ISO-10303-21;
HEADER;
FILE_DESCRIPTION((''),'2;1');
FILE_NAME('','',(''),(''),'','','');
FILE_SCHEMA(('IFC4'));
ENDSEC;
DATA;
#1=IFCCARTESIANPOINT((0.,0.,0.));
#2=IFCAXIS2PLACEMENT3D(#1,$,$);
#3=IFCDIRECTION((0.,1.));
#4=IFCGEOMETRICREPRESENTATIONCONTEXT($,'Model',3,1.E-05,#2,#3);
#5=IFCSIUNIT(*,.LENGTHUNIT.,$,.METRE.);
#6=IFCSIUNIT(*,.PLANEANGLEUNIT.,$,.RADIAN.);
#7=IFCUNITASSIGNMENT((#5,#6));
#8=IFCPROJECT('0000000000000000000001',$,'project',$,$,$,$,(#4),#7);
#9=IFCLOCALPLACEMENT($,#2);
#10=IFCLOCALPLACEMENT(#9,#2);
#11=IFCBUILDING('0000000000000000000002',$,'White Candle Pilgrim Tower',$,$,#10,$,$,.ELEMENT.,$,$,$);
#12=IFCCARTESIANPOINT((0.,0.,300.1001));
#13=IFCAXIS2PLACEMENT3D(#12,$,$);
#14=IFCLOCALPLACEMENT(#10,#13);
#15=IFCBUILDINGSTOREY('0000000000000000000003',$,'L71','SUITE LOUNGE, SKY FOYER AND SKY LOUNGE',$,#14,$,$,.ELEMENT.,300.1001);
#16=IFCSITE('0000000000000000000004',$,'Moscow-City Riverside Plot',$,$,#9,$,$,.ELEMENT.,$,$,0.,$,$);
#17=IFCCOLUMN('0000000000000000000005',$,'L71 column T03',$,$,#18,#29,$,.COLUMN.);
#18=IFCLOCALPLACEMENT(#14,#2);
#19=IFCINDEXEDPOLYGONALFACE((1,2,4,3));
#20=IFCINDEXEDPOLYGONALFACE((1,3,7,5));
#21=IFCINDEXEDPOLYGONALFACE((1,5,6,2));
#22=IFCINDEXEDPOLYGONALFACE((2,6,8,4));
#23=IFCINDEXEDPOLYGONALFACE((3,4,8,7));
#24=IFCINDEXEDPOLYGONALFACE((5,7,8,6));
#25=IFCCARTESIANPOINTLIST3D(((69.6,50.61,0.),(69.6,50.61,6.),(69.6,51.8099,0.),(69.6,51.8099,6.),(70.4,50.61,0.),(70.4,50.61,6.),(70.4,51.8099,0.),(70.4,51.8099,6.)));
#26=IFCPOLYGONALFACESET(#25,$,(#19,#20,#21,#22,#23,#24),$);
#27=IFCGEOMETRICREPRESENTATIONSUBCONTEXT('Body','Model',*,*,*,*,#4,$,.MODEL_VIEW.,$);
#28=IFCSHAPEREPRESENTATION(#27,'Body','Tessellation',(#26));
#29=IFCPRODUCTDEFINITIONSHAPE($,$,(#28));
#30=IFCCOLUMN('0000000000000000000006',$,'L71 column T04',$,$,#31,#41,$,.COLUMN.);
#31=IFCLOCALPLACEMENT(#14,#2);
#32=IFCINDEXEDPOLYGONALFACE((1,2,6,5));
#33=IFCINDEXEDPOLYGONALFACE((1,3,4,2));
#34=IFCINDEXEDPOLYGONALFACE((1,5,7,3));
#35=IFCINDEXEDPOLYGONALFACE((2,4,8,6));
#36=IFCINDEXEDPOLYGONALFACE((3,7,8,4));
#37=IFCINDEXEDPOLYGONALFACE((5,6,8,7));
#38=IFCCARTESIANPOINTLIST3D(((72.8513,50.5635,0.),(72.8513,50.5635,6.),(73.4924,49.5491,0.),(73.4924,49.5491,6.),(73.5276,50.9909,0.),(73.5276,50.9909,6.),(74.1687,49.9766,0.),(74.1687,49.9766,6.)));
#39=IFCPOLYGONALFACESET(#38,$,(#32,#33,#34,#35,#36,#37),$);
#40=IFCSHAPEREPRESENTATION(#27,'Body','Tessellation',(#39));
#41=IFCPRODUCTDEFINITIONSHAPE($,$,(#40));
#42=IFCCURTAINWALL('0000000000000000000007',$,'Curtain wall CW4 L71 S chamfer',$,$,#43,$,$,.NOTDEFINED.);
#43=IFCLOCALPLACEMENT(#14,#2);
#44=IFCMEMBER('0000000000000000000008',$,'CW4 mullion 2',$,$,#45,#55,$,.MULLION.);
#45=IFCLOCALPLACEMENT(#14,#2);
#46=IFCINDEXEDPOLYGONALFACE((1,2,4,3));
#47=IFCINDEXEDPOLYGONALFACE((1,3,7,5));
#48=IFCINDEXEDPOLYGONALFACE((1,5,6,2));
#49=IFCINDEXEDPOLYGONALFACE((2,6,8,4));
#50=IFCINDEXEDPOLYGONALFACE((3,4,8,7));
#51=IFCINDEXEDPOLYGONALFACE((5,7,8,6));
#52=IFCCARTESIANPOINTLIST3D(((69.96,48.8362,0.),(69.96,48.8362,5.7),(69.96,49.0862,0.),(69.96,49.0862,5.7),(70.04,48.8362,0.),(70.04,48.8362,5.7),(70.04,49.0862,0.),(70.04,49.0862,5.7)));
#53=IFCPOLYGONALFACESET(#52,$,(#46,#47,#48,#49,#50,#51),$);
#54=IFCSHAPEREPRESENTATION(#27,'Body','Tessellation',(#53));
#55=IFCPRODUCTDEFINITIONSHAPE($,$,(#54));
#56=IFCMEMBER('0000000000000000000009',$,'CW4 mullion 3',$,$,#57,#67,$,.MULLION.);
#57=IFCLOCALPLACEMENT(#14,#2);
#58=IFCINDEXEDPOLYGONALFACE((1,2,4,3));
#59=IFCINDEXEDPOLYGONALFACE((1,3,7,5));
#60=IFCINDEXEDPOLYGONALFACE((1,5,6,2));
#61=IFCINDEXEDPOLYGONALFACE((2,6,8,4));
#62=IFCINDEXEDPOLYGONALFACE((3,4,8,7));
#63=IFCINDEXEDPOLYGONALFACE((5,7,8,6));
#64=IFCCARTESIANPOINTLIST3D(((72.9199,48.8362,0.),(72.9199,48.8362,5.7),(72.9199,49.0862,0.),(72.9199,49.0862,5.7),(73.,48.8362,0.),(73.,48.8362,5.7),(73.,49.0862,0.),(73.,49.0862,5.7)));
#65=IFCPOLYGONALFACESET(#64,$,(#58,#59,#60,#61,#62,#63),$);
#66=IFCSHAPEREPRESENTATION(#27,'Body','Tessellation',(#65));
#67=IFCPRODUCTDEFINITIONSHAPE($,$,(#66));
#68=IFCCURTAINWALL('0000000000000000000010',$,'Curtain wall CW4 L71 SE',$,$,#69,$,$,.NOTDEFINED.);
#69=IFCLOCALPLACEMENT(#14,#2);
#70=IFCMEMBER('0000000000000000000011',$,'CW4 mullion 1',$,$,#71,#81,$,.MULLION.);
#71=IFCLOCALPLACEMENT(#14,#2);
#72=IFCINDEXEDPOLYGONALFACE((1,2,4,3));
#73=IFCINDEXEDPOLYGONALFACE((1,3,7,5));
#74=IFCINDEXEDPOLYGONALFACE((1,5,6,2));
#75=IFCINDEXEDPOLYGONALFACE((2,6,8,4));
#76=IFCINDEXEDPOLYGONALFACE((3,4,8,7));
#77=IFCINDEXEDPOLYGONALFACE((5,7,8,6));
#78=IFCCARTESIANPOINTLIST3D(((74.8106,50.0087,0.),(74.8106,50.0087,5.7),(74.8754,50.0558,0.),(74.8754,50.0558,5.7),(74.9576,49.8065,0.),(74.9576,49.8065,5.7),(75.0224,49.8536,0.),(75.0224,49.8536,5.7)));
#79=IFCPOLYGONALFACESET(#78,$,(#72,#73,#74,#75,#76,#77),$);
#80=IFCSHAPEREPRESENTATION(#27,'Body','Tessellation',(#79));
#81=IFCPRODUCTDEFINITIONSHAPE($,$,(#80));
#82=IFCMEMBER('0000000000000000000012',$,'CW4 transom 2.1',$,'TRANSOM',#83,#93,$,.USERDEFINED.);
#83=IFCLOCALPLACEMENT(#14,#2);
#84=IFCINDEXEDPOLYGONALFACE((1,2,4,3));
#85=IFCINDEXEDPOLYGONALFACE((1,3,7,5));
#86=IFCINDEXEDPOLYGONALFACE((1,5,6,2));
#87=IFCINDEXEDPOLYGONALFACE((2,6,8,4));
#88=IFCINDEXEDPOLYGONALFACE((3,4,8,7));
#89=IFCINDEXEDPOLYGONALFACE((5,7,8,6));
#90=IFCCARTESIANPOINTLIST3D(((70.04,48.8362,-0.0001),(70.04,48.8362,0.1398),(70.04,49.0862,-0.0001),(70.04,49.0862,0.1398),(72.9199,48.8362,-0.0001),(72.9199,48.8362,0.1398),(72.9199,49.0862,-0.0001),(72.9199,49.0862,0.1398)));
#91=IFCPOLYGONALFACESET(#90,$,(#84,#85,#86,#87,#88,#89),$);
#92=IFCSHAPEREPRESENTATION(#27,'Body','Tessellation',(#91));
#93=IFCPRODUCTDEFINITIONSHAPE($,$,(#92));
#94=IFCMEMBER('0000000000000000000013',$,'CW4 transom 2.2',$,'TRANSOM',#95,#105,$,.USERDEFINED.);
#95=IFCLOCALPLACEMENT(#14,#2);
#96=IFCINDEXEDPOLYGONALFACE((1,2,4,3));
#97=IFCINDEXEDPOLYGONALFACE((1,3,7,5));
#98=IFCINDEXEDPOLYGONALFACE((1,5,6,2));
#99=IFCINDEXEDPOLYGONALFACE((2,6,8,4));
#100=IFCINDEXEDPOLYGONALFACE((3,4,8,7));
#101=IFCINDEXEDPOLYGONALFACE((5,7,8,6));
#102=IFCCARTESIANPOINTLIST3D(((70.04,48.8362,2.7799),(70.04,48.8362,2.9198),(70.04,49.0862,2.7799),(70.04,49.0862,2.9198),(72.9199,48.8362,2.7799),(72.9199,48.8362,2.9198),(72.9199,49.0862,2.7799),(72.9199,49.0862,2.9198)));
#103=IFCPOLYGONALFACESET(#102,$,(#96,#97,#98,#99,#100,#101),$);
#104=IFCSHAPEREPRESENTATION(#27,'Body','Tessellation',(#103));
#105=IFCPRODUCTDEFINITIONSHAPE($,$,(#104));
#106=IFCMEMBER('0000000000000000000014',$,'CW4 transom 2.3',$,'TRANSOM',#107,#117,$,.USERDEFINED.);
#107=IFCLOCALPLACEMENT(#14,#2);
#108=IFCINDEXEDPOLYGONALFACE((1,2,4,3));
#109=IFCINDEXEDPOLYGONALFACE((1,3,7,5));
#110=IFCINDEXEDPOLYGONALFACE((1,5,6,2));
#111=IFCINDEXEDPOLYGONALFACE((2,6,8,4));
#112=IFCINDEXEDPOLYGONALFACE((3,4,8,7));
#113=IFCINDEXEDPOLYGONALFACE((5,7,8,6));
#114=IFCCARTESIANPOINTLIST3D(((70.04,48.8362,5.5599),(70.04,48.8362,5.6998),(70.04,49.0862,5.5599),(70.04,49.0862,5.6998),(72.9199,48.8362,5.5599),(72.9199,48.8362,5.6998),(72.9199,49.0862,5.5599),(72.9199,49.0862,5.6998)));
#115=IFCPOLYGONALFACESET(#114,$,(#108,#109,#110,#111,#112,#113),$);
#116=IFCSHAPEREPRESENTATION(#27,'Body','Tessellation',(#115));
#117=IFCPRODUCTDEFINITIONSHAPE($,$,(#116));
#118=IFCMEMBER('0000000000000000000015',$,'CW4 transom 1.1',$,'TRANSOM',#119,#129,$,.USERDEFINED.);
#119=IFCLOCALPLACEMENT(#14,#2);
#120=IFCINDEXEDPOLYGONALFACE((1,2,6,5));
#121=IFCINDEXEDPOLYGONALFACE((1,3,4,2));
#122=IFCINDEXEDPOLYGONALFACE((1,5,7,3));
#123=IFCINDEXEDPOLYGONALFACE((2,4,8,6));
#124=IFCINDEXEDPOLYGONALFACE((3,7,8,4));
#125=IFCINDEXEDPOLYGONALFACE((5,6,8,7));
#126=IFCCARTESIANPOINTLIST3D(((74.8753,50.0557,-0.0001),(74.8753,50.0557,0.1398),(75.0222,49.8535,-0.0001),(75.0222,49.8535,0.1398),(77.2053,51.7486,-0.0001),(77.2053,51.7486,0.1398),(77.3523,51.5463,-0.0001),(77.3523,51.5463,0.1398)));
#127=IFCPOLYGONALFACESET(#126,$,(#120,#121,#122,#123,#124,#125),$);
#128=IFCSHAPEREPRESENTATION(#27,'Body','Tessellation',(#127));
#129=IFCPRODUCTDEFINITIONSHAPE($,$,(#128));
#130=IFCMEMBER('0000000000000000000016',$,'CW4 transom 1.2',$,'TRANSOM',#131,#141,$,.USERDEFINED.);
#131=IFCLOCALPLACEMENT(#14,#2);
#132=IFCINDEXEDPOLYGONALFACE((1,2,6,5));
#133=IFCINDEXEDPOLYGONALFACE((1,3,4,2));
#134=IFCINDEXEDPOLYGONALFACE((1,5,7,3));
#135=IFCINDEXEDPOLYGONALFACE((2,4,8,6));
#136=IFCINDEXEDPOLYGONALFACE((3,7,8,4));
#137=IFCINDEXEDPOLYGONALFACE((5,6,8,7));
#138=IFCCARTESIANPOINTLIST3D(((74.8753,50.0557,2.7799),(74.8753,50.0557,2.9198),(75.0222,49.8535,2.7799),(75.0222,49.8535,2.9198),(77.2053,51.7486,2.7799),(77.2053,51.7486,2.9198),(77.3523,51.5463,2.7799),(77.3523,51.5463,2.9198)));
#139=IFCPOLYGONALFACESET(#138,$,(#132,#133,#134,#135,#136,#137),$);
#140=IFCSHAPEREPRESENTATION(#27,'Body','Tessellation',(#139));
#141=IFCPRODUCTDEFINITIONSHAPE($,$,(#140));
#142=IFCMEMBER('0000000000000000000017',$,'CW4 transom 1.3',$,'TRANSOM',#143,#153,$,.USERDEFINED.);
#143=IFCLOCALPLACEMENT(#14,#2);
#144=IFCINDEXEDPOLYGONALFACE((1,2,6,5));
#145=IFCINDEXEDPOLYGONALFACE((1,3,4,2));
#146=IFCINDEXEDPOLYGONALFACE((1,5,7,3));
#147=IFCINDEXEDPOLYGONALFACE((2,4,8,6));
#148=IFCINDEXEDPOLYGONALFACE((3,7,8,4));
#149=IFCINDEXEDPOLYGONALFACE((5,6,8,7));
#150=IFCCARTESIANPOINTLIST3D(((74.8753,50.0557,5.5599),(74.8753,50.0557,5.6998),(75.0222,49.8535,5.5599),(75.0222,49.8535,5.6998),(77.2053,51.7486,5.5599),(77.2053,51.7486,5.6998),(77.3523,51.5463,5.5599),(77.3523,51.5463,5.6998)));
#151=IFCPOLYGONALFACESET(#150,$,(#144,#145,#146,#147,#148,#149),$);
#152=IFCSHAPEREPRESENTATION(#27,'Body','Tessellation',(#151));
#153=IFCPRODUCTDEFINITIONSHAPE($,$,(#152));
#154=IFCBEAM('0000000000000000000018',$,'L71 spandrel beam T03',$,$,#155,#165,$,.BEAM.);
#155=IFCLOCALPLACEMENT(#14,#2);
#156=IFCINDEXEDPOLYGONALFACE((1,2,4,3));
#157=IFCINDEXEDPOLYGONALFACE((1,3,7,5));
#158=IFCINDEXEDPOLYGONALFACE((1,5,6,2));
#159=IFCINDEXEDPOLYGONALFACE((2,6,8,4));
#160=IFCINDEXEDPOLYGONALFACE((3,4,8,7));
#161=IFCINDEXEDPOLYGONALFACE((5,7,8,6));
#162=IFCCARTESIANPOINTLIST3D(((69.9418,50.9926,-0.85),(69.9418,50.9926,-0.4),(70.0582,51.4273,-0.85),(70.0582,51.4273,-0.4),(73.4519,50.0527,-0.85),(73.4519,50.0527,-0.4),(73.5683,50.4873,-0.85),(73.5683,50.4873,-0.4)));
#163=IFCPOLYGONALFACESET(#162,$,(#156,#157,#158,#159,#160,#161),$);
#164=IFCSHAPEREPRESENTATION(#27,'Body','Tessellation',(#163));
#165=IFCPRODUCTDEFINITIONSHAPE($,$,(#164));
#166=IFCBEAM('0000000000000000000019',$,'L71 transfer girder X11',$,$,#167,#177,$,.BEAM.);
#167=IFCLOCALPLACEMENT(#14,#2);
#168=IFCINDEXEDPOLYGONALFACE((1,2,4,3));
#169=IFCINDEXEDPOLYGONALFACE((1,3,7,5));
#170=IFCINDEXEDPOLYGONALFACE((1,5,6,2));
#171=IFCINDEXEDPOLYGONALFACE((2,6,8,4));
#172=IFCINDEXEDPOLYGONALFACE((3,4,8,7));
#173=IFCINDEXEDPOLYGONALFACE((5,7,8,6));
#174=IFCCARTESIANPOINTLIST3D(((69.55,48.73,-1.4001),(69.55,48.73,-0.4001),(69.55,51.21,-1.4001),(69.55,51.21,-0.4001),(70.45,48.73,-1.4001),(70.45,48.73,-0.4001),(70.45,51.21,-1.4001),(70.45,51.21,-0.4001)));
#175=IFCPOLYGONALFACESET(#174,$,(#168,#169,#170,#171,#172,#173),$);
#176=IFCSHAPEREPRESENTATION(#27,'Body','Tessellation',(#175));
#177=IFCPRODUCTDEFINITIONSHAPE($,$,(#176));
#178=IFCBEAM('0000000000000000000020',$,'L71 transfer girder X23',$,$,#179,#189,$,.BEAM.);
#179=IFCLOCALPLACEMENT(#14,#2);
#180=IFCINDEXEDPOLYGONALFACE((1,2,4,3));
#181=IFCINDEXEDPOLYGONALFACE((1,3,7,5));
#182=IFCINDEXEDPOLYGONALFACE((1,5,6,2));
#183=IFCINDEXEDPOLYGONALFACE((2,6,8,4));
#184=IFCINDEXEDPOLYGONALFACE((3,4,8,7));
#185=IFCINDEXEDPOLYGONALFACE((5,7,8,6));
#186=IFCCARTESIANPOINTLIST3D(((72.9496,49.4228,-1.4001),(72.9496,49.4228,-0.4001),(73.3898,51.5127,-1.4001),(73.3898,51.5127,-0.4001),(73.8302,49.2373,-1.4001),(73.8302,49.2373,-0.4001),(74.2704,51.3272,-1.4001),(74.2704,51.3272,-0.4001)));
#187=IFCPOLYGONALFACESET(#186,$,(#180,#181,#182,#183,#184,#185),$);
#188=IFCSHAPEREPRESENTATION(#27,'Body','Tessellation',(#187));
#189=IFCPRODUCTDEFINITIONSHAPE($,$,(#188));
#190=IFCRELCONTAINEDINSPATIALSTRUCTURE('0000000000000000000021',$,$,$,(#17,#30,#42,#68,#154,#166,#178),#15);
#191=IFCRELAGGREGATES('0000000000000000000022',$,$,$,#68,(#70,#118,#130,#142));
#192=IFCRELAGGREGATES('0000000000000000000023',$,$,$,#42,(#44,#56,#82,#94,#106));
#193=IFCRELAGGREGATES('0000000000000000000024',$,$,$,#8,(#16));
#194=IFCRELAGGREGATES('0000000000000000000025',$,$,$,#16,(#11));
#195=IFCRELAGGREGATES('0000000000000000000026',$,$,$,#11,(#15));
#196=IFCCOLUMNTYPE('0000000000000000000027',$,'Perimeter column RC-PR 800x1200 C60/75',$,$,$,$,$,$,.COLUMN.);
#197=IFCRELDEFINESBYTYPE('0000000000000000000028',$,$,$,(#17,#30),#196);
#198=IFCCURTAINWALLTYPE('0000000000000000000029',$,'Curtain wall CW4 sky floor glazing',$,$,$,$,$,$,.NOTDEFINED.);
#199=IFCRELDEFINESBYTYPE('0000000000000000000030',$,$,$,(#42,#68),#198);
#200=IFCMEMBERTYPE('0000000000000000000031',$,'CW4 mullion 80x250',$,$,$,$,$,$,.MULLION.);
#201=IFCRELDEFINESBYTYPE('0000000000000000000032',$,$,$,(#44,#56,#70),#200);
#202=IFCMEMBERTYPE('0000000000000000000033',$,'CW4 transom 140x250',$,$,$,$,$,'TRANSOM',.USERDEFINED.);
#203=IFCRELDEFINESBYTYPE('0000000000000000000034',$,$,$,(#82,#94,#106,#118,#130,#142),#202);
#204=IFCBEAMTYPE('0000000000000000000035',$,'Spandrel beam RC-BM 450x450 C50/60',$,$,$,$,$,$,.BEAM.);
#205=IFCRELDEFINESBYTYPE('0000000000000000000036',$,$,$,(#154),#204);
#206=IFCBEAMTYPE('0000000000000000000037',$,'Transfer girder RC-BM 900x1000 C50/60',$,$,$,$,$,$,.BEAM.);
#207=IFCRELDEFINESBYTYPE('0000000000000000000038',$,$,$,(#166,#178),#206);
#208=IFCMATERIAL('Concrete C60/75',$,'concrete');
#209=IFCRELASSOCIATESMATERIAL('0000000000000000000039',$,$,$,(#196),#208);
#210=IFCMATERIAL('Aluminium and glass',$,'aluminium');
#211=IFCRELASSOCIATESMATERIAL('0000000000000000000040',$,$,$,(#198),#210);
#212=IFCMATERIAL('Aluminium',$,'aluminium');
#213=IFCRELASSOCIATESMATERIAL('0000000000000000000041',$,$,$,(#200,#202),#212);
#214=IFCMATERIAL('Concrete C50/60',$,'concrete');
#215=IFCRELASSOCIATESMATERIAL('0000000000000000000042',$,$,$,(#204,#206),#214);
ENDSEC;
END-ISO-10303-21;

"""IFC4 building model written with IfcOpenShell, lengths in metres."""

from ifc_helpers import new_model, si_unit, direction, frame, origin, origin_2d, place, context, subcontext, project, spatial, rectangle, extrude, material, material_profile, profile_set, type_object, element, aggregate, save


model = new_model("IFC4")

# Units and contexts
model_context = context("Model", 3, precision=1e-05, world=origin(), true_north=direction((0.0, 1.0)))
body_context = subcontext(model_context, "Body", "Model", "MODEL_VIEW")
ifc_project = project(units=[si_unit("LENGTHUNIT", "METRE"), si_unit("PLANEANGLEUNIT", "RADIAN")], contexts=[model_context])

# Site, building, storey
site_placement = place(None, origin())
site = spatial("IfcSite", under=ifc_project, at=site_placement, Name="Moscow-City Riverside Plot", CompositionType="ELEMENT", RefElevation=0.0)
building_placement = place(site_placement, origin())
building = spatial("IfcBuilding", under=site, at=building_placement, Name="White Candle Pilgrim Tower", CompositionType="ELEMENT")
storey_placement = place(building_placement, frame((0.0, 0.0, 300.1001)))
storey = spatial("IfcBuildingStorey", under=building, at=storey_placement, Name="L71", Description="SUITE LOUNGE, SKY FOYER AND SKY LOUNGE", CompositionType="ELEMENT", Elevation=300.1001)

# Columns
ifc_material_1 = material(Name="Concrete C60/75", Category="concrete")
ifc_material_profile_1 = material_profile(ifc_material_1, rectangle(XDim=0.8, YDim=1.2, at=origin_2d()), Name="RC-PR 800x1200")
ifc_profile_set_1 = profile_set([ifc_material_profile_1], Name="Concrete C60/75")
column_type = type_object("IfcColumnType", Name="Perimeter column RC-PR 800x1200 C60/75", PredefinedType="COLUMN", material=ifc_profile_set_1)
for number, where, z_axis, x_axis, name in (
    (1, (70.0, 51.21, 0.0), (0.0, 0.0, 1.0), (-1.0, 0.0, 0.0), "L71 column T03"),
    (2, (73.51, 50.27, 0.0), (0.0, 0.0, 1.0), (-0.845318, -0.534264, 0.0), "L71 column T04"),
):
    element("IfcColumn", number, at=place(storey_placement, frame(where, z_axis=z_axis, x_axis=x_axis)), inside=storey, type_object=column_type, Name=name, PredefinedType="COLUMN", context=body_context, shape_type="SweptSolid", body=[
        extrude(rectangle(XDim=0.8, YDim=1.2, at=origin_2d()), origin(), (0.0, 0.0, 1.0), 6.0),
    ])

# Curtain wall, members
ifc_material_2 = material(Name="Aluminium and glass", Category="aluminium")
curtain_wall_type = type_object("IfcCurtainWallType", Name="Curtain wall CW4 sky floor glazing", PredefinedType="NOTDEFINED", material=ifc_material_2)
curtain_wall_1_placement = place(storey_placement, origin())
curtain_wall_1 = element("IfcCurtainWall", 3, at=curtain_wall_1_placement, inside=storey, type_object=curtain_wall_type, Name="Curtain wall CW4 L71 S chamfer", PredefinedType="NOTDEFINED")
ifc_material_3 = material(Name="Aluminium", Category="aluminium")
ifc_material_profile_2 = material_profile(ifc_material_3, rectangle(XDim=0.25, YDim=0.0801, at=origin_2d()), Name="CW4 mullion 80x250")
ifc_profile_set_2 = profile_set([ifc_material_profile_2], Name="Aluminium")
member_type_1 = type_object("IfcMemberType", Name="CW4 mullion 80x250", PredefinedType="MULLION", material=ifc_profile_set_2)
member_1_placement = place(storey_placement, frame((70.0, 48.9612, 0.0), z_axis=(0.0, 0.0, 1.0), x_axis=(0.0, 1.0, 0.0)))
member_1 = element("IfcMember", 4, at=member_1_placement, type_object=member_type_1, Name="CW4 mullion 2", PredefinedType="MULLION", context=body_context, shape_type="SweptSolid", body=[
    extrude(rectangle(XDim=0.25, YDim=0.0801, at=origin_2d()), origin(), (0.0, 0.0, 1.0), 5.7),
])
member_2_placement = place(storey_placement, frame((72.96, 48.9612, 0.0), z_axis=(0.0, 0.0, 1.0), x_axis=(0.0, 1.0, 0.0)))
member_2 = element("IfcMember", 5, at=member_2_placement, type_object=member_type_1, Name="CW4 mullion 3", PredefinedType="MULLION", context=body_context, shape_type="SweptSolid", body=[
    extrude(rectangle(XDim=0.25, YDim=0.0801, at=origin_2d()), origin(), (0.0, 0.0, 1.0), 5.7),
])

# Curtain wall, member
curtain_wall_2_placement = place(storey_placement, origin())
curtain_wall_2 = element("IfcCurtainWall", 6, at=curtain_wall_2_placement, inside=storey, type_object=curtain_wall_type, Name="Curtain wall CW4 L71 SE", PredefinedType="NOTDEFINED")
member_3_placement = place(storey_placement, frame((74.9165, 49.9312, 0.0), z_axis=(0.0, 0.0, 1.0), x_axis=(-0.587785, 0.809017, 0.0)))
member_3 = element("IfcMember", 7, at=member_3_placement, type_object=member_type_1, Name="CW4 mullion 1", PredefinedType="MULLION", context=body_context, shape_type="SweptSolid", body=[
    extrude(rectangle(XDim=0.25, YDim=0.0801, at=origin_2d()), origin(), (0.0, 0.0, 1.0), 5.7),
])

# Members
ifc_material_profile_3 = material_profile(ifc_material_3, rectangle(XDim=0.25, YDim=0.1399, at=origin_2d()), Name="CW4 transom 140x250")
ifc_profile_set_3 = profile_set([ifc_material_profile_3], Name="Aluminium")
member_type_2 = type_object("IfcMemberType", Name="CW4 transom 140x250", ElementType="TRANSOM", PredefinedType="USERDEFINED", material=ifc_profile_set_3)
member_4_placement = place(storey_placement, frame((70.04, 48.9612, 0.0698), z_axis=(1.0, 0.0, 0.0), x_axis=(0.0, 1.0, 0.0)))
member_4 = element("IfcMember", 8, at=member_4_placement, type_object=member_type_2, Name="CW4 transom 2.1", ObjectType="TRANSOM", PredefinedType="USERDEFINED", context=body_context, shape_type="SweptSolid", body=[
    extrude(rectangle(XDim=0.25, YDim=0.1399, at=origin_2d()), origin(), (0.0, 0.0, 1.0), 2.8799),
])
member_5_placement = place(storey_placement, frame((70.04, 48.9612, 2.8499), z_axis=(1.0, 0.0, 0.0), x_axis=(0.0, 1.0, 0.0)))
member_5 = element("IfcMember", 9, at=member_5_placement, type_object=member_type_2, Name="CW4 transom 2.2", ObjectType="TRANSOM", PredefinedType="USERDEFINED", context=body_context, shape_type="SweptSolid", body=[
    extrude(rectangle(XDim=0.25, YDim=0.1399, at=origin_2d()), origin(), (0.0, 0.0, 1.0), 2.8799),
])
member_6_placement = place(storey_placement, frame((70.04, 48.9612, 5.6299), z_axis=(1.0, 0.0, 0.0), x_axis=(0.0, 1.0, 0.0)))
member_6 = element("IfcMember", 10, at=member_6_placement, type_object=member_type_2, Name="CW4 transom 2.3", ObjectType="TRANSOM", PredefinedType="USERDEFINED", context=body_context, shape_type="SweptSolid", body=[
    extrude(rectangle(XDim=0.25, YDim=0.1399, at=origin_2d()), origin(), (0.0, 0.0, 1.0), 2.8799),
])
member_7_placement = place(storey_placement, frame((74.9487, 49.9546, 0.0698), z_axis=(0.809022, 0.587778, 0.0), x_axis=(-0.587778, 0.809022, 0.0)))
member_7 = element("IfcMember", 11, at=member_7_placement, type_object=member_type_2, Name="CW4 transom 1.1", ObjectType="TRANSOM", PredefinedType="USERDEFINED", context=body_context, shape_type="SweptSolid", body=[
    extrude(rectangle(XDim=0.25, YDim=0.1399, at=origin_2d()), origin(), (0.0, 0.0, 1.0), 2.8801),
])
member_8_placement = place(storey_placement, frame((74.9487, 49.9546, 2.8499), z_axis=(0.809022, 0.587778, 0.0), x_axis=(-0.587778, 0.809022, 0.0)))
member_8 = element("IfcMember", 12, at=member_8_placement, type_object=member_type_2, Name="CW4 transom 1.2", ObjectType="TRANSOM", PredefinedType="USERDEFINED", context=body_context, shape_type="SweptSolid", body=[
    extrude(rectangle(XDim=0.25, YDim=0.1399, at=origin_2d()), origin(), (0.0, 0.0, 1.0), 2.8801),
])
member_9_placement = place(storey_placement, frame((74.9487, 49.9546, 5.6299), z_axis=(0.809022, 0.587778, 0.0), x_axis=(-0.587778, 0.809022, 0.0)))
member_9 = element("IfcMember", 13, at=member_9_placement, type_object=member_type_2, Name="CW4 transom 1.3", ObjectType="TRANSOM", PredefinedType="USERDEFINED", context=body_context, shape_type="SweptSolid", body=[
    extrude(rectangle(XDim=0.25, YDim=0.1399, at=origin_2d()), origin(), (0.0, 0.0, 1.0), 2.8801),
])
aggregate(curtain_wall_2, [member_3, member_7, member_8, member_9])

# Beams
ifc_material_4 = material(Name="Concrete C50/60", Category="concrete")
ifc_material_profile_4 = material_profile(ifc_material_4, rectangle(XDim=0.45, YDim=0.45, at=origin_2d()), Name="RC-BM 450x450")
ifc_profile_set_4 = profile_set([ifc_material_profile_4], Name="Concrete C50/60")
beam_type_1 = type_object("IfcBeamType", Name="Spandrel beam RC-BM 450x450 C50/60", PredefinedType="BEAM", material=ifc_profile_set_4)
beam_1_placement = place(storey_placement, frame((70.0, 51.21, -0.625), z_axis=(0.965965, -0.258675, 0.0), x_axis=(0.258675, 0.965965, 0.0)))
element("IfcBeam", 14, at=beam_1_placement, inside=storey, type_object=beam_type_1, Name="L71 spandrel beam T03", PredefinedType="BEAM", context=body_context, shape_type="SweptSolid", body=[
    extrude(rectangle(XDim=0.45, YDim=0.45, at=origin_2d()), origin(), (0.0, 0.0, 1.0), 3.6338),
])
ifc_material_profile_5 = material_profile(ifc_material_4, rectangle(XDim=0.8999, YDim=1.0, at=origin_2d()), Name="RC-BM 900x1000")
ifc_profile_set_5 = profile_set([ifc_material_profile_5], Name="Concrete C50/60")
beam_type_2 = type_object("IfcBeamType", Name="Transfer girder RC-BM 900x1000 C50/60", PredefinedType="BEAM", material=ifc_profile_set_5)
beam_2_placement = place(storey_placement, frame((70.0, 48.73, -0.9001), z_axis=(0.0, 1.0, 0.0), x_axis=(-1.0, 0.0, 0.0)))
element("IfcBeam", 15, at=beam_2_placement, inside=storey, type_object=beam_type_2, Name="L71 transfer girder X11", PredefinedType="BEAM", context=body_context, shape_type="SweptSolid", body=[
    extrude(rectangle(XDim=0.8999, YDim=1.0, at=origin_2d()), origin(), (0.0, 0.0, 1.0), 2.48),
])
beam_3_placement = place(storey_placement, frame((73.3899, 49.3301, -0.9001), z_axis=(0.206108, 0.978529, 0.0), x_axis=(-0.978529, 0.206108, 0.0)))
element("IfcBeam", 16, at=beam_3_placement, inside=storey, type_object=beam_type_2, Name="L71 transfer girder X23", PredefinedType="BEAM", context=body_context, shape_type="SweptSolid", body=[
    extrude(rectangle(XDim=0.8999, YDim=1.0, at=origin_2d()), origin(), (0.0, 0.0, 1.0), 2.1357),
])

aggregate(curtain_wall_1, [member_1, member_2, member_4, member_5, member_6])

save(model, "model.ifc")
